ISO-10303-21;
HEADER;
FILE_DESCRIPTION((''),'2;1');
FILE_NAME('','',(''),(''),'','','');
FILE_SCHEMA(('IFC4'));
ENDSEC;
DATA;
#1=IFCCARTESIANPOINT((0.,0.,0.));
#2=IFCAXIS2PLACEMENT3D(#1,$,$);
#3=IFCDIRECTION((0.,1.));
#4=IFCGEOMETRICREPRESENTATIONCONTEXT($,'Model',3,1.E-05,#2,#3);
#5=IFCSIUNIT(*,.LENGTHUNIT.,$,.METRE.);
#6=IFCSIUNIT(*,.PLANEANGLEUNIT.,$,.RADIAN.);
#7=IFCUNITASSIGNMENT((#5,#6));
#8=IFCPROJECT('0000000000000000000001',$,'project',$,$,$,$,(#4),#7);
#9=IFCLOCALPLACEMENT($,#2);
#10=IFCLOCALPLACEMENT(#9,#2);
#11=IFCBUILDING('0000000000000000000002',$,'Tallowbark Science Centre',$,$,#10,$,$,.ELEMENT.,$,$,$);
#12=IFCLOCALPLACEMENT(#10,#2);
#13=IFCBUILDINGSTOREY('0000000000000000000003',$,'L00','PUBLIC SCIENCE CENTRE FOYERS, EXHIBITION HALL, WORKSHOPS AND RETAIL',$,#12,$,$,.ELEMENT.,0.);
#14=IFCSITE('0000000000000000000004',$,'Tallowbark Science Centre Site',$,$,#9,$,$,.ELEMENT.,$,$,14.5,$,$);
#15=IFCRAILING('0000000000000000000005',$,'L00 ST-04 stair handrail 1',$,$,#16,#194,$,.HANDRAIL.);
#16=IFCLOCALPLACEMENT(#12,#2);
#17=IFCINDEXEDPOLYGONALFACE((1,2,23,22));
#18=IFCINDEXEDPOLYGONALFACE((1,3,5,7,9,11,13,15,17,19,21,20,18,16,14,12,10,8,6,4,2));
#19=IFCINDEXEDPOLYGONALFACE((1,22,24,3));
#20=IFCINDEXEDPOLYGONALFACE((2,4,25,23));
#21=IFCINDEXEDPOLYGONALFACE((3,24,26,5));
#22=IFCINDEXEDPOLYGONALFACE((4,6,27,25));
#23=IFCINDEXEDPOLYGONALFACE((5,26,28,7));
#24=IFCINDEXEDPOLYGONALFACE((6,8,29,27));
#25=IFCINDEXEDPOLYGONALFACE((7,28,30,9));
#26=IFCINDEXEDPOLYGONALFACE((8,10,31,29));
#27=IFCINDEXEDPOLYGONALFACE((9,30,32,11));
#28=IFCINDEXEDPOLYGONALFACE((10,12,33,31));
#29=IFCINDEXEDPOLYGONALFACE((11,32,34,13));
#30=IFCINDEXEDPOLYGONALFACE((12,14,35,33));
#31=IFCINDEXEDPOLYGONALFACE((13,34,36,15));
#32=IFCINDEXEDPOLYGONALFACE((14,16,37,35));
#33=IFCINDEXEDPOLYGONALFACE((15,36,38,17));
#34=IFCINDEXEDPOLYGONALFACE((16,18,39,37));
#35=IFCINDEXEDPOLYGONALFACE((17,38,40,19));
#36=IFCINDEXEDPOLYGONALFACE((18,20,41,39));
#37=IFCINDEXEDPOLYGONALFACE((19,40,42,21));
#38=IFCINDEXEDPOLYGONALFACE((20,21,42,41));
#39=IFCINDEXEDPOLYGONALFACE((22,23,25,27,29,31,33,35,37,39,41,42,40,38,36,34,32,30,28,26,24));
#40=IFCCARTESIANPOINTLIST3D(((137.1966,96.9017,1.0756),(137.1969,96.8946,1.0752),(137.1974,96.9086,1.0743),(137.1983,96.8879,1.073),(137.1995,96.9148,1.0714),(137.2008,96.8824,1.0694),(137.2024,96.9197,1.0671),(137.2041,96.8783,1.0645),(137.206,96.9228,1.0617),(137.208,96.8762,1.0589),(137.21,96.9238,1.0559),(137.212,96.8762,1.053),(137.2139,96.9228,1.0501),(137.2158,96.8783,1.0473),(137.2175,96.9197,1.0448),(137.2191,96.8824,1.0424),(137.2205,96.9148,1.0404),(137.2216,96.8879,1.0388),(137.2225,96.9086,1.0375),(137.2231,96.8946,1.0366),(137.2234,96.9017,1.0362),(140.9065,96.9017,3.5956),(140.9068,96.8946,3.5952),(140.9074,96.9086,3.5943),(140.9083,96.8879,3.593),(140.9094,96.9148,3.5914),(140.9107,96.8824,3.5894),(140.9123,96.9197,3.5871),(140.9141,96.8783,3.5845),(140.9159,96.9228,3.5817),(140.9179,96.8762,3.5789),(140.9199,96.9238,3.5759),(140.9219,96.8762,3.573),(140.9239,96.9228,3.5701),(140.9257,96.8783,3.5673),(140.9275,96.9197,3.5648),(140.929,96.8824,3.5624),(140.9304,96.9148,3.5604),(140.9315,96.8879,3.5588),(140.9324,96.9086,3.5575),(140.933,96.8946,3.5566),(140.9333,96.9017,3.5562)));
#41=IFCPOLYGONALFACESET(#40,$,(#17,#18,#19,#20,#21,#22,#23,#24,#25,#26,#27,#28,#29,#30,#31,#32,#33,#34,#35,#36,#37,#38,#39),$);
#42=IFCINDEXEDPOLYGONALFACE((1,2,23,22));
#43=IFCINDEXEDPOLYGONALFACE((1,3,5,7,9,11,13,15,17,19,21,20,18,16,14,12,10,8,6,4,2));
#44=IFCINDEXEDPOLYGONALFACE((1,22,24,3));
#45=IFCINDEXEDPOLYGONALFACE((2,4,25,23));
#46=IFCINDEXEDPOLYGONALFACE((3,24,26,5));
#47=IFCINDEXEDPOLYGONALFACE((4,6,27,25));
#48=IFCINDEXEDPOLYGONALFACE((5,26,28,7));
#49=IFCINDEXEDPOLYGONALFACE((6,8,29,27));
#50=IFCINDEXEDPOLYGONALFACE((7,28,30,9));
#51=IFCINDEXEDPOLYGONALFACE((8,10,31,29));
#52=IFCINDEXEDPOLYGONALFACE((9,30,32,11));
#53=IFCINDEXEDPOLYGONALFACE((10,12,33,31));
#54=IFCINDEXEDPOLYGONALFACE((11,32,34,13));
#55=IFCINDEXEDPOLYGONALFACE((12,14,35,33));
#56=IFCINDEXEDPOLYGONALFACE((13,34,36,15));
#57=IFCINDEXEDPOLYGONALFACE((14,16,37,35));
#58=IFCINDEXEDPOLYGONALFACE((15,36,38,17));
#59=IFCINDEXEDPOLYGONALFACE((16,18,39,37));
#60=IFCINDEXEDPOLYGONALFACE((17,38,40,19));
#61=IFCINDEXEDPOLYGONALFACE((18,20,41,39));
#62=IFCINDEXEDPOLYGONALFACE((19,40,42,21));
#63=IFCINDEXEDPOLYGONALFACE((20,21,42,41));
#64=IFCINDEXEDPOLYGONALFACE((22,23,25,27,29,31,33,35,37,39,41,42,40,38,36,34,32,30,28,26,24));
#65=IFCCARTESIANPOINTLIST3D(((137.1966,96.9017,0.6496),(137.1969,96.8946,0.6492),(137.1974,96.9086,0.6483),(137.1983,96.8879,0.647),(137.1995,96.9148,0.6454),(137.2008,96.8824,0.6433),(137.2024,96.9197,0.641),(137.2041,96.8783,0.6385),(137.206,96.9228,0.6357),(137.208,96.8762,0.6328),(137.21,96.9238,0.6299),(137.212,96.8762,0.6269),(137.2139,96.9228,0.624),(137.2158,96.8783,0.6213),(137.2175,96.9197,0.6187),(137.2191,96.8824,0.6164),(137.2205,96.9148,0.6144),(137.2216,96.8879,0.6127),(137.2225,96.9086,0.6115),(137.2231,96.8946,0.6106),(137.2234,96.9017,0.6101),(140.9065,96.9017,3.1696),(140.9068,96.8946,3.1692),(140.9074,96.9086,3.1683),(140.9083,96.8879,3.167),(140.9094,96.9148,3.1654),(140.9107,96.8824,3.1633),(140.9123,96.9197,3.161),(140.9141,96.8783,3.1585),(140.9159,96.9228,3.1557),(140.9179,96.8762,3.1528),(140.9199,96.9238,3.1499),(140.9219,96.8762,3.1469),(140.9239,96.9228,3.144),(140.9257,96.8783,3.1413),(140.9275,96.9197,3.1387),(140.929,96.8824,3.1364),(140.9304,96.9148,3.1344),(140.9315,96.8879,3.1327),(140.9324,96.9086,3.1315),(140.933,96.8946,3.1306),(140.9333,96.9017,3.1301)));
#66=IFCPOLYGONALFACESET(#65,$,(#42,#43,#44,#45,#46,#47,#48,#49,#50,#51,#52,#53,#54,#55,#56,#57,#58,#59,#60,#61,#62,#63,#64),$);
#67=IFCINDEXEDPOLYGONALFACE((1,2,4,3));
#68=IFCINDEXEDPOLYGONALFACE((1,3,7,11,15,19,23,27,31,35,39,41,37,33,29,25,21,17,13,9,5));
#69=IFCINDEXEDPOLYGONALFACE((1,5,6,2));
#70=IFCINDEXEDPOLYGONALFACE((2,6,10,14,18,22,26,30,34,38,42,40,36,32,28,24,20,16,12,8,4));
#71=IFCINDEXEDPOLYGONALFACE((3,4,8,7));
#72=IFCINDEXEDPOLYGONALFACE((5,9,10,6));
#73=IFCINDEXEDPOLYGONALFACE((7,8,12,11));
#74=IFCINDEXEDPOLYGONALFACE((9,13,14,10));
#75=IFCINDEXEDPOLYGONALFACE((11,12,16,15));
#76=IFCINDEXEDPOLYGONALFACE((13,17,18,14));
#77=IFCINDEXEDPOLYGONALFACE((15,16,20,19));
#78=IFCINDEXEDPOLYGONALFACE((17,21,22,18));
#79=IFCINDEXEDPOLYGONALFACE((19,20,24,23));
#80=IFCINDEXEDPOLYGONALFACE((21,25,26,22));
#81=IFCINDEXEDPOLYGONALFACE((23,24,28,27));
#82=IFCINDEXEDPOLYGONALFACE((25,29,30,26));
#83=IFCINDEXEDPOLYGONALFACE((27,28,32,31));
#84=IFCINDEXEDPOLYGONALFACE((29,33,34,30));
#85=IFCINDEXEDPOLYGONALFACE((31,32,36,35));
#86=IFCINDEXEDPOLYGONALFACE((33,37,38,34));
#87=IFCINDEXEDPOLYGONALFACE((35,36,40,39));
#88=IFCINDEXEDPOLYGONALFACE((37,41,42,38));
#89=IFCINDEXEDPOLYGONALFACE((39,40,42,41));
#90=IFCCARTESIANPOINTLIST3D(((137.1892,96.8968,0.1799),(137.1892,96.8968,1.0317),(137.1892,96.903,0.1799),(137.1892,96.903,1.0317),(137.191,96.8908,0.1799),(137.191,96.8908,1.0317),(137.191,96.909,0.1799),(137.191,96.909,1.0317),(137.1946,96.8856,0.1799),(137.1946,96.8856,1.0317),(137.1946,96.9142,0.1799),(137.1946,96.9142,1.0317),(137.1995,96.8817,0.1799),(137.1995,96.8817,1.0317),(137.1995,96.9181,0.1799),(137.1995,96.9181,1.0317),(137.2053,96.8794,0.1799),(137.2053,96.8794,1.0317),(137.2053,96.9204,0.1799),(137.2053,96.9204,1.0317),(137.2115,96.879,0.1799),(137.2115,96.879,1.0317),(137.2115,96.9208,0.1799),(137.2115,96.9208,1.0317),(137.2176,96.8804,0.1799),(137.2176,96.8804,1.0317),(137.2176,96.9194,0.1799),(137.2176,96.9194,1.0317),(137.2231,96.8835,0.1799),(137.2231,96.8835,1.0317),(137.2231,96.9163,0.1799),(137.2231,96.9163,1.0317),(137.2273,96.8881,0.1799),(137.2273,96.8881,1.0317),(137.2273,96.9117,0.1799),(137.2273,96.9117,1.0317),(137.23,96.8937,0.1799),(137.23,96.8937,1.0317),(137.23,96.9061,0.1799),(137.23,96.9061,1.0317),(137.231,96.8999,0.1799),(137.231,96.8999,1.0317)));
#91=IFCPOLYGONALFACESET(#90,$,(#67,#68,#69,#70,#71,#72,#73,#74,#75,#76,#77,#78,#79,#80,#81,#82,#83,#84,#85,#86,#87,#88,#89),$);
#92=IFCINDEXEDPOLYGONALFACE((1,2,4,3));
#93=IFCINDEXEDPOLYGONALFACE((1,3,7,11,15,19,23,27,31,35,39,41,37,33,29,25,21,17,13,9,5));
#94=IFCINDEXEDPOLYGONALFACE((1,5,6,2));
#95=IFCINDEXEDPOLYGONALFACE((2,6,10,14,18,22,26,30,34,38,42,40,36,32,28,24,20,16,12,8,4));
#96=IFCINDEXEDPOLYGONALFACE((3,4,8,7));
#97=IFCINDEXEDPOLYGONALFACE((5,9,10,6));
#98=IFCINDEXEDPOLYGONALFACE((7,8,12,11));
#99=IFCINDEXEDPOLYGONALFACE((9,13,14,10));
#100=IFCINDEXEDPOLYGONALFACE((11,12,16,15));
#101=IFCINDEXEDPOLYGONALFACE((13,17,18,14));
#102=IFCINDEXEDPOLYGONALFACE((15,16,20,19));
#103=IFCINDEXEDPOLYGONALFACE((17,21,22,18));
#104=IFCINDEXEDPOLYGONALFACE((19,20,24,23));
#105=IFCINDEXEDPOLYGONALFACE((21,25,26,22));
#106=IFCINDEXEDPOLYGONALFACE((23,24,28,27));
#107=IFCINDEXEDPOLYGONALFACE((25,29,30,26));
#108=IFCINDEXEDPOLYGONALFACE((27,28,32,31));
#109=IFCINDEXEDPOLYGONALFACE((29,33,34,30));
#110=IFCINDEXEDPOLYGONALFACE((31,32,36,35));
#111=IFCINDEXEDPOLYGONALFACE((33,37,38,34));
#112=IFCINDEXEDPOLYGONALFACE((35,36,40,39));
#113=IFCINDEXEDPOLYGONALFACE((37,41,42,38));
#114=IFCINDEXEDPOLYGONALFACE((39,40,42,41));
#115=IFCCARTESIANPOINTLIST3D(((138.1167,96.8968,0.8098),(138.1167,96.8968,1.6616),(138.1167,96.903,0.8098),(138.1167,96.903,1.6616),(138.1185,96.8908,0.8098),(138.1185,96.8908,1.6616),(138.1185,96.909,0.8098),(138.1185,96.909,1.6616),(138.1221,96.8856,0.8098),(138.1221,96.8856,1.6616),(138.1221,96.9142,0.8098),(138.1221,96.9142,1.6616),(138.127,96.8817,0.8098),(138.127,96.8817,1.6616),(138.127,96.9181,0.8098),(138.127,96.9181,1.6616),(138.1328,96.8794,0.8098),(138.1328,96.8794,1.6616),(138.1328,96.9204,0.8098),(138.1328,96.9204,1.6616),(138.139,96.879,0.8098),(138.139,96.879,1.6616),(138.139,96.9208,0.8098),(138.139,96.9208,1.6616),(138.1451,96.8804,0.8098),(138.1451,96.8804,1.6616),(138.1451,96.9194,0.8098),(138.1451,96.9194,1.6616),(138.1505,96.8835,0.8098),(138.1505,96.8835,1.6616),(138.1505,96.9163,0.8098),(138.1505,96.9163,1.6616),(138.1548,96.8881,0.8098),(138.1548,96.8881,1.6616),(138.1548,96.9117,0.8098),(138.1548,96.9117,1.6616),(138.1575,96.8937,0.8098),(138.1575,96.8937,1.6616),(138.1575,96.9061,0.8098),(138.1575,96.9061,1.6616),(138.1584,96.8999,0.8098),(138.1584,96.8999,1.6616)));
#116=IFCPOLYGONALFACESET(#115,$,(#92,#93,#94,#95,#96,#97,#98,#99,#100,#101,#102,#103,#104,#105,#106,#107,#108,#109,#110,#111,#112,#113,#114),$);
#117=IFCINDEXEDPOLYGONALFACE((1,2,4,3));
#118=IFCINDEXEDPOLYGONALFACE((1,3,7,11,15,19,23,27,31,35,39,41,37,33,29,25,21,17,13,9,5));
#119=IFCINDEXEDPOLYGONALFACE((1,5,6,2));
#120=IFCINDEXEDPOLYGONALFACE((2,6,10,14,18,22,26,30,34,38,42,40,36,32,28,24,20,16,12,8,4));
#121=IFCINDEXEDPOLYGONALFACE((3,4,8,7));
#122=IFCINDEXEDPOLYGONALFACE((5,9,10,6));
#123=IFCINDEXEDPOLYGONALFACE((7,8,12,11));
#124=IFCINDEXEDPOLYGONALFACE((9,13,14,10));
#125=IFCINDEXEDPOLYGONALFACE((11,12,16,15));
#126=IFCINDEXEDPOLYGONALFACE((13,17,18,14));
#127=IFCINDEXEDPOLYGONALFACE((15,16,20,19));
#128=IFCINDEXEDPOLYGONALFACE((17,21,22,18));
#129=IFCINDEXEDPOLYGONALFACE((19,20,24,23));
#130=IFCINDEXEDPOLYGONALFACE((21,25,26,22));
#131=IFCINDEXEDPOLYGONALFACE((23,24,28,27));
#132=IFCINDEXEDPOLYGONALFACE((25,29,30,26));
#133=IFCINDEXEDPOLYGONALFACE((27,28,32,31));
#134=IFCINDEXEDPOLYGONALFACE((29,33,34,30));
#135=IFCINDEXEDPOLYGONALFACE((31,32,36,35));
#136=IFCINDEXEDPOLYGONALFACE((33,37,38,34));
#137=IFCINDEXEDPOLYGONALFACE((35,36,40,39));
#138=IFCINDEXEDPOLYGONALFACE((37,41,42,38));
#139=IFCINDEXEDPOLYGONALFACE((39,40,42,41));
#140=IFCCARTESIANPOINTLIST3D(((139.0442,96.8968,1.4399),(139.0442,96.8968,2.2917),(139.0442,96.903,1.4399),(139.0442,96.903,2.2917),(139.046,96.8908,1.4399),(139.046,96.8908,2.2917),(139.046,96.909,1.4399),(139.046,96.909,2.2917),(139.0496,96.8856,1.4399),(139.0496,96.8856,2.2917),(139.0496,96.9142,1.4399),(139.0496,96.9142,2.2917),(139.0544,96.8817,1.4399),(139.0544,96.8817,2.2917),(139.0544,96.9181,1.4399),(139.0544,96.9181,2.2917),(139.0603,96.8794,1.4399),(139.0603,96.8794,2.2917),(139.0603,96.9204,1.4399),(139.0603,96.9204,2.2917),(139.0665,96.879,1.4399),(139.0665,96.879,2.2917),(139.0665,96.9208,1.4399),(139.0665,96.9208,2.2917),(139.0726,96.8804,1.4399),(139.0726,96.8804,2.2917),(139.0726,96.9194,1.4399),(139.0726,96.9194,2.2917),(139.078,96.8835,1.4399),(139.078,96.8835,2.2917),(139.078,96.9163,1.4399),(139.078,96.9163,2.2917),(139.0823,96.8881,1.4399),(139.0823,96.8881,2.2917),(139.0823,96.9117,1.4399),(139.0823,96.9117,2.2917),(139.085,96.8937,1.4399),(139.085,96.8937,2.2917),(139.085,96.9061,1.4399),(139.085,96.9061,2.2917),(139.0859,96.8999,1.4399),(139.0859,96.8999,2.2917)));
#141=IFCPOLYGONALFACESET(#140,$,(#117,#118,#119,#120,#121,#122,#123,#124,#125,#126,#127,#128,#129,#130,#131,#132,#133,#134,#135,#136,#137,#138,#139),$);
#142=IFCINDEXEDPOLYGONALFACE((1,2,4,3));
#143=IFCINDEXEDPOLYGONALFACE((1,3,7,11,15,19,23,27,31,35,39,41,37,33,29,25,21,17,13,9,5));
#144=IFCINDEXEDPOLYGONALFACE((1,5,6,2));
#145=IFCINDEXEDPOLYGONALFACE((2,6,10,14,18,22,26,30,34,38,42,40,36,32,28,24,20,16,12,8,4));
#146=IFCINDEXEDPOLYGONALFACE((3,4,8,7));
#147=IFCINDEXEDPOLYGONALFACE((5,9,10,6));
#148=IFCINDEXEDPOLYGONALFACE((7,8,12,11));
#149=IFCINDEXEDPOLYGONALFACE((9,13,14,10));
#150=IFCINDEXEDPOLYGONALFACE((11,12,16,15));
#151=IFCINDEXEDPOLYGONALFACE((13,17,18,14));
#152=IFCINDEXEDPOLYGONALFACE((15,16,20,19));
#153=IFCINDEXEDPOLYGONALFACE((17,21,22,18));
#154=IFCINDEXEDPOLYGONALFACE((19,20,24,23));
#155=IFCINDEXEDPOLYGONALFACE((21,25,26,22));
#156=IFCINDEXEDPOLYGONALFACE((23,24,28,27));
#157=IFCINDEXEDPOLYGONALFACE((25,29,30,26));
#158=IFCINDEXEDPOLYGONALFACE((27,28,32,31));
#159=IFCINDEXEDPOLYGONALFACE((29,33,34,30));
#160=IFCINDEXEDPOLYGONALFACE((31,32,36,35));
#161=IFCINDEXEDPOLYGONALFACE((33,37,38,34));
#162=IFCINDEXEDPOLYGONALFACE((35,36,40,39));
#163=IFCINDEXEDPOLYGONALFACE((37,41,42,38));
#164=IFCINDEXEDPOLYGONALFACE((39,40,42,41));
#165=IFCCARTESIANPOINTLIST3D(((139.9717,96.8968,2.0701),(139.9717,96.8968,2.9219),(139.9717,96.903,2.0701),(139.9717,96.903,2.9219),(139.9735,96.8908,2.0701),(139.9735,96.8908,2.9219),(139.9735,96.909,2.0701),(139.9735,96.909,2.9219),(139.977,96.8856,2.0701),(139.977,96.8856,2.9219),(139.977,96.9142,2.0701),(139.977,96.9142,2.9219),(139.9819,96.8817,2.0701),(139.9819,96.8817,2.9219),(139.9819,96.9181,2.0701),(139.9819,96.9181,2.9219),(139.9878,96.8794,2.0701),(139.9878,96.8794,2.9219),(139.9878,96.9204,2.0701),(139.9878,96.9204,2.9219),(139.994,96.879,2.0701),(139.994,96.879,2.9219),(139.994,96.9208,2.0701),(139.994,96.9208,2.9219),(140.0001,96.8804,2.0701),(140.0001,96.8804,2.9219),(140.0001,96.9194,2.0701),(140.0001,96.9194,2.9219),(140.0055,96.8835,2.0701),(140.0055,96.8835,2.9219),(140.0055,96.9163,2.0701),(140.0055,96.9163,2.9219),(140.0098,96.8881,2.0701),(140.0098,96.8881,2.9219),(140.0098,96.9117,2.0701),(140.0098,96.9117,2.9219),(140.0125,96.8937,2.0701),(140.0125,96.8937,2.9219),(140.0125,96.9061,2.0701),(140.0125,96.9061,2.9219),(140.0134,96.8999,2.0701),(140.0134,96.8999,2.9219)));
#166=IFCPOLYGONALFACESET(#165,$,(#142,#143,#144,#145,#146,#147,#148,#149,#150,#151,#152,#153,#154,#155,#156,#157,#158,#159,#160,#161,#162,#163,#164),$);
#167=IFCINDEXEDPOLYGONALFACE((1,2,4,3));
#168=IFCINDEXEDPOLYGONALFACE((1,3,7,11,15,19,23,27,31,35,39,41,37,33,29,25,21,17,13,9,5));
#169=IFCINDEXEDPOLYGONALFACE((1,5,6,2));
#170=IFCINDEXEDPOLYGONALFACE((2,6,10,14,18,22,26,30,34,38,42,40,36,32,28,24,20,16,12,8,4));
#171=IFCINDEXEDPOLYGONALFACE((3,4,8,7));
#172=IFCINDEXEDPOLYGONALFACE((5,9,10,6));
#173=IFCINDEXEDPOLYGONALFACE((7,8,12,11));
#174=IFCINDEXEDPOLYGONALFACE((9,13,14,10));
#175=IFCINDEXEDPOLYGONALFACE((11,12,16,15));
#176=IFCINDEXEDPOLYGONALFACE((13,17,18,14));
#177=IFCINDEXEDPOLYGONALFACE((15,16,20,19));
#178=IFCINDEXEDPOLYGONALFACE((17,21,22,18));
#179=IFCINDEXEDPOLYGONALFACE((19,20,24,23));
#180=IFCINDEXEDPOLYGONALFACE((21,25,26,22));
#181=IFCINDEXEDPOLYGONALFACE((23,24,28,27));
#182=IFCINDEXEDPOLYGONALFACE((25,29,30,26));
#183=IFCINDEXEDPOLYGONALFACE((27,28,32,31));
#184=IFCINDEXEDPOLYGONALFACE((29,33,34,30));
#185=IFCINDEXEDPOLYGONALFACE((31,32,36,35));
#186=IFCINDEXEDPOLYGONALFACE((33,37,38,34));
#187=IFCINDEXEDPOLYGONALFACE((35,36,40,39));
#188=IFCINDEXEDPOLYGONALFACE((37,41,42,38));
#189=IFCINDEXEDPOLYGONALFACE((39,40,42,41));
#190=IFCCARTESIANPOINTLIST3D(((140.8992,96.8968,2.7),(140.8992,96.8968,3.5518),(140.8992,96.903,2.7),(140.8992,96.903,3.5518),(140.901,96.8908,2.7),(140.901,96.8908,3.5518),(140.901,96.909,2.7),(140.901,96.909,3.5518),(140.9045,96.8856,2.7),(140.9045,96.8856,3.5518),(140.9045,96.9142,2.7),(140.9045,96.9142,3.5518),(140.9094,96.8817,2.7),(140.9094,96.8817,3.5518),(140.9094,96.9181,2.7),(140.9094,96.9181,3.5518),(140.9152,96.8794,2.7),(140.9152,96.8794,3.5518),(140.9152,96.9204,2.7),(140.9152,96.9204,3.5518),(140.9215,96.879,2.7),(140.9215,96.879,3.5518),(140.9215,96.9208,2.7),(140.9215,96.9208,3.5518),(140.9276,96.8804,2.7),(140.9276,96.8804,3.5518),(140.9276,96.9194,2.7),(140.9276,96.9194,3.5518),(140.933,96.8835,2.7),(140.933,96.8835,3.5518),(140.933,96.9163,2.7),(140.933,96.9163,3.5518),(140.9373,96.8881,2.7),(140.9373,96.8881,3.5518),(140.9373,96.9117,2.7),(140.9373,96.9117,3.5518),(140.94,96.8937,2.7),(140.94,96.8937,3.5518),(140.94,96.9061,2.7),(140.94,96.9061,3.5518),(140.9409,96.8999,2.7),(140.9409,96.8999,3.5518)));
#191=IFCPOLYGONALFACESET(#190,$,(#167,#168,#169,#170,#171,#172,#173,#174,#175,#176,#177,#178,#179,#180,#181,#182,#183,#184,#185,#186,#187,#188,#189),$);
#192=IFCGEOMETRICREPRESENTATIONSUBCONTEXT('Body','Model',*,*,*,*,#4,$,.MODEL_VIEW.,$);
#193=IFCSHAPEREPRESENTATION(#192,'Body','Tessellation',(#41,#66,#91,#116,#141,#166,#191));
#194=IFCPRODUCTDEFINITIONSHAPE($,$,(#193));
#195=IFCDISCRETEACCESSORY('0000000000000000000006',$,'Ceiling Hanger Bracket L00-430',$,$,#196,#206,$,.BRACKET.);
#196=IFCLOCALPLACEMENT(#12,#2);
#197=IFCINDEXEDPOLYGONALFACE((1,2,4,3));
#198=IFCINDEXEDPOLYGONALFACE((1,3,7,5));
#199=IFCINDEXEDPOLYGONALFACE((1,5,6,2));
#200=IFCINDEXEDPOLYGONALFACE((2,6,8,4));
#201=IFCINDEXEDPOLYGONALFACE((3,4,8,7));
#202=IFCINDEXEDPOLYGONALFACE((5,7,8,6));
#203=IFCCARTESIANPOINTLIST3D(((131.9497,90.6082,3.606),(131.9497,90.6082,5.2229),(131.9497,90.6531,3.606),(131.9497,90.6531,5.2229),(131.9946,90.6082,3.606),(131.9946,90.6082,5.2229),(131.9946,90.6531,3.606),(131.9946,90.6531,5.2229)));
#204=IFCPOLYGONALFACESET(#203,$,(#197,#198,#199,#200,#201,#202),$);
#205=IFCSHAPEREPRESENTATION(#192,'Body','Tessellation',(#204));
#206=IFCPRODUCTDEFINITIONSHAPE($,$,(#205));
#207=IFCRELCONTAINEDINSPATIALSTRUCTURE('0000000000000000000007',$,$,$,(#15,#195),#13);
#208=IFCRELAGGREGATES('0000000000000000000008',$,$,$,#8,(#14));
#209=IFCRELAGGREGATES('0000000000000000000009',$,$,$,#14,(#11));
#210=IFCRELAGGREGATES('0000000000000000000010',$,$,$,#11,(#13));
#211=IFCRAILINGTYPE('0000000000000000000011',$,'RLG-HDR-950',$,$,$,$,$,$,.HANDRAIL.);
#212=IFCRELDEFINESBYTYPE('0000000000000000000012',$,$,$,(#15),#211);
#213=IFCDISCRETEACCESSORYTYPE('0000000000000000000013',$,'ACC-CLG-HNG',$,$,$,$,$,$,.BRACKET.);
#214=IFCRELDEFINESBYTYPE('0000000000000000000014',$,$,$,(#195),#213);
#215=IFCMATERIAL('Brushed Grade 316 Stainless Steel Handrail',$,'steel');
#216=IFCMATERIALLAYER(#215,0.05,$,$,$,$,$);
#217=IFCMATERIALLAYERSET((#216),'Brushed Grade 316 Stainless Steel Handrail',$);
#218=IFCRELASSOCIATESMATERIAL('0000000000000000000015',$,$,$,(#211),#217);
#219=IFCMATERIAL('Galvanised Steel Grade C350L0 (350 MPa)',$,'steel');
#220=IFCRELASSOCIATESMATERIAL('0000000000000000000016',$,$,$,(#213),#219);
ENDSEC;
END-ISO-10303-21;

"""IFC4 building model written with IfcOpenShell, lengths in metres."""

from ifc_helpers import new_model, si_unit, direction, frame, origin, origin_2d, place, context, subcontext, project, spatial, rectangle, circle, extrude, material, layer, layer_set, type_object, element, save


model = new_model("IFC4")

# Units and contexts
model_context = context("Model", 3, precision=1e-05, world=origin(), true_north=direction((0.0, 1.0)))
body_context = subcontext(model_context, "Body", "Model", "MODEL_VIEW")
ifc_project = project(units=[si_unit("LENGTHUNIT", "METRE"), si_unit("PLANEANGLEUNIT", "RADIAN")], contexts=[model_context])

# Site, building, storey
site_placement = place(None, origin())
site = spatial("IfcSite", under=ifc_project, at=site_placement, Name="Tallowbark Science Centre Site", CompositionType="ELEMENT", RefElevation=14.5)
building_placement = place(site_placement, origin())
building = spatial("IfcBuilding", under=site, at=building_placement, Name="Tallowbark Science Centre", CompositionType="ELEMENT")
storey_placement = place(building_placement, origin())
storey = spatial("IfcBuildingStorey", under=building, at=storey_placement, Name="L00", Description="PUBLIC SCIENCE CENTRE FOYERS, EXHIBITION HALL, WORKSHOPS AND RETAIL", CompositionType="ELEMENT", Elevation=0.0)

# Railing
ifc_material_1 = material(Name="Brushed Grade 316 Stainless Steel Handrail", Category="steel")
ifc_layer_1 = layer(ifc_material_1, 0.05)
ifc_layer_set_1 = layer_set([ifc_layer_1], Name="Brushed Grade 316 Stainless Steel Handrail")
railing_type_1 = type_object("IfcRailingType", Name="RLG-HDR-950", PredefinedType="HANDRAIL", material=ifc_layer_set_1)
railing_1_placement = place(storey_placement, frame((137.21, 96.8999, 0.1799)))
element("IfcRailing", 1, at=railing_1_placement, inside=storey, type_object=railing_type_1, Name="L00 ST-04 stair handrail 1", PredefinedType="HANDRAIL", context=body_context, shape_type="SweptSolid", body=[
    extrude(circle(Radius=0.0239, at=origin_2d()), frame((0.0, 0.0, 0.876), z_axis=(0.827212, 0.0, 0.56189), x_axis=(0.0, 1.0, 0.0)), (0.0, 0.0, 1.0), 4.4849),
    extrude(circle(Radius=0.0239, at=origin_2d()), frame((0.0, 0.0, 0.45), z_axis=(0.827212, 0.0, 0.56189), x_axis=(0.0, 1.0, 0.0)), (0.0, 0.0, 1.0), 4.4849),
    extrude(circle(Radius=0.021, at=origin_2d()), origin(), (0.0, 0.0, 1.0), 0.8518),
    extrude(circle(Radius=0.021, at=origin_2d()), frame((0.9275, 0.0, 0.6299)), (0.0, 0.0, 1.0), 0.8518),
    extrude(circle(Radius=0.021, at=origin_2d()), frame((1.855, 0.0, 1.26)), (0.0, 0.0, 1.0), 0.8518),
    extrude(circle(Radius=0.021, at=origin_2d()), frame((2.7825, 0.0, 1.8901)), (0.0, 0.0, 1.0), 0.8518),
    extrude(circle(Radius=0.021, at=origin_2d()), frame((3.71, 0.0, 2.52)), (0.0, 0.0, 1.0), 0.8518),
])

# Discrete accessory
ifc_material_2 = material(Name="Galvanised Steel Grade C350L0 (350 MPa)", Category="steel")
discrete_accessory_type = type_object("IfcDiscreteAccessoryType", Name="ACC-CLG-HNG", PredefinedType="BRACKET", material=ifc_material_2)
for number, where, z_axis, x_axis, name in (
    (2, (131.9722, 90.6306, 3.606), (0.0, 0.0, 1.0), (1.0, 0.0, 0.0), "Ceiling Hanger Bracket L00-430"),
):
    element("IfcDiscreteAccessory", number, at=place(storey_placement, frame(where, z_axis=z_axis, x_axis=x_axis)), inside=storey, type_object=discrete_accessory_type, Name=name, PredefinedType="BRACKET", context=body_context, shape_type="SweptSolid", body=[
        extrude(rectangle(XDim=0.0449, YDim=0.0449, at=origin_2d()), origin(), (0.0, 0.0, 1.0), 1.6169),
    ])

save(model, "model.ifc")
